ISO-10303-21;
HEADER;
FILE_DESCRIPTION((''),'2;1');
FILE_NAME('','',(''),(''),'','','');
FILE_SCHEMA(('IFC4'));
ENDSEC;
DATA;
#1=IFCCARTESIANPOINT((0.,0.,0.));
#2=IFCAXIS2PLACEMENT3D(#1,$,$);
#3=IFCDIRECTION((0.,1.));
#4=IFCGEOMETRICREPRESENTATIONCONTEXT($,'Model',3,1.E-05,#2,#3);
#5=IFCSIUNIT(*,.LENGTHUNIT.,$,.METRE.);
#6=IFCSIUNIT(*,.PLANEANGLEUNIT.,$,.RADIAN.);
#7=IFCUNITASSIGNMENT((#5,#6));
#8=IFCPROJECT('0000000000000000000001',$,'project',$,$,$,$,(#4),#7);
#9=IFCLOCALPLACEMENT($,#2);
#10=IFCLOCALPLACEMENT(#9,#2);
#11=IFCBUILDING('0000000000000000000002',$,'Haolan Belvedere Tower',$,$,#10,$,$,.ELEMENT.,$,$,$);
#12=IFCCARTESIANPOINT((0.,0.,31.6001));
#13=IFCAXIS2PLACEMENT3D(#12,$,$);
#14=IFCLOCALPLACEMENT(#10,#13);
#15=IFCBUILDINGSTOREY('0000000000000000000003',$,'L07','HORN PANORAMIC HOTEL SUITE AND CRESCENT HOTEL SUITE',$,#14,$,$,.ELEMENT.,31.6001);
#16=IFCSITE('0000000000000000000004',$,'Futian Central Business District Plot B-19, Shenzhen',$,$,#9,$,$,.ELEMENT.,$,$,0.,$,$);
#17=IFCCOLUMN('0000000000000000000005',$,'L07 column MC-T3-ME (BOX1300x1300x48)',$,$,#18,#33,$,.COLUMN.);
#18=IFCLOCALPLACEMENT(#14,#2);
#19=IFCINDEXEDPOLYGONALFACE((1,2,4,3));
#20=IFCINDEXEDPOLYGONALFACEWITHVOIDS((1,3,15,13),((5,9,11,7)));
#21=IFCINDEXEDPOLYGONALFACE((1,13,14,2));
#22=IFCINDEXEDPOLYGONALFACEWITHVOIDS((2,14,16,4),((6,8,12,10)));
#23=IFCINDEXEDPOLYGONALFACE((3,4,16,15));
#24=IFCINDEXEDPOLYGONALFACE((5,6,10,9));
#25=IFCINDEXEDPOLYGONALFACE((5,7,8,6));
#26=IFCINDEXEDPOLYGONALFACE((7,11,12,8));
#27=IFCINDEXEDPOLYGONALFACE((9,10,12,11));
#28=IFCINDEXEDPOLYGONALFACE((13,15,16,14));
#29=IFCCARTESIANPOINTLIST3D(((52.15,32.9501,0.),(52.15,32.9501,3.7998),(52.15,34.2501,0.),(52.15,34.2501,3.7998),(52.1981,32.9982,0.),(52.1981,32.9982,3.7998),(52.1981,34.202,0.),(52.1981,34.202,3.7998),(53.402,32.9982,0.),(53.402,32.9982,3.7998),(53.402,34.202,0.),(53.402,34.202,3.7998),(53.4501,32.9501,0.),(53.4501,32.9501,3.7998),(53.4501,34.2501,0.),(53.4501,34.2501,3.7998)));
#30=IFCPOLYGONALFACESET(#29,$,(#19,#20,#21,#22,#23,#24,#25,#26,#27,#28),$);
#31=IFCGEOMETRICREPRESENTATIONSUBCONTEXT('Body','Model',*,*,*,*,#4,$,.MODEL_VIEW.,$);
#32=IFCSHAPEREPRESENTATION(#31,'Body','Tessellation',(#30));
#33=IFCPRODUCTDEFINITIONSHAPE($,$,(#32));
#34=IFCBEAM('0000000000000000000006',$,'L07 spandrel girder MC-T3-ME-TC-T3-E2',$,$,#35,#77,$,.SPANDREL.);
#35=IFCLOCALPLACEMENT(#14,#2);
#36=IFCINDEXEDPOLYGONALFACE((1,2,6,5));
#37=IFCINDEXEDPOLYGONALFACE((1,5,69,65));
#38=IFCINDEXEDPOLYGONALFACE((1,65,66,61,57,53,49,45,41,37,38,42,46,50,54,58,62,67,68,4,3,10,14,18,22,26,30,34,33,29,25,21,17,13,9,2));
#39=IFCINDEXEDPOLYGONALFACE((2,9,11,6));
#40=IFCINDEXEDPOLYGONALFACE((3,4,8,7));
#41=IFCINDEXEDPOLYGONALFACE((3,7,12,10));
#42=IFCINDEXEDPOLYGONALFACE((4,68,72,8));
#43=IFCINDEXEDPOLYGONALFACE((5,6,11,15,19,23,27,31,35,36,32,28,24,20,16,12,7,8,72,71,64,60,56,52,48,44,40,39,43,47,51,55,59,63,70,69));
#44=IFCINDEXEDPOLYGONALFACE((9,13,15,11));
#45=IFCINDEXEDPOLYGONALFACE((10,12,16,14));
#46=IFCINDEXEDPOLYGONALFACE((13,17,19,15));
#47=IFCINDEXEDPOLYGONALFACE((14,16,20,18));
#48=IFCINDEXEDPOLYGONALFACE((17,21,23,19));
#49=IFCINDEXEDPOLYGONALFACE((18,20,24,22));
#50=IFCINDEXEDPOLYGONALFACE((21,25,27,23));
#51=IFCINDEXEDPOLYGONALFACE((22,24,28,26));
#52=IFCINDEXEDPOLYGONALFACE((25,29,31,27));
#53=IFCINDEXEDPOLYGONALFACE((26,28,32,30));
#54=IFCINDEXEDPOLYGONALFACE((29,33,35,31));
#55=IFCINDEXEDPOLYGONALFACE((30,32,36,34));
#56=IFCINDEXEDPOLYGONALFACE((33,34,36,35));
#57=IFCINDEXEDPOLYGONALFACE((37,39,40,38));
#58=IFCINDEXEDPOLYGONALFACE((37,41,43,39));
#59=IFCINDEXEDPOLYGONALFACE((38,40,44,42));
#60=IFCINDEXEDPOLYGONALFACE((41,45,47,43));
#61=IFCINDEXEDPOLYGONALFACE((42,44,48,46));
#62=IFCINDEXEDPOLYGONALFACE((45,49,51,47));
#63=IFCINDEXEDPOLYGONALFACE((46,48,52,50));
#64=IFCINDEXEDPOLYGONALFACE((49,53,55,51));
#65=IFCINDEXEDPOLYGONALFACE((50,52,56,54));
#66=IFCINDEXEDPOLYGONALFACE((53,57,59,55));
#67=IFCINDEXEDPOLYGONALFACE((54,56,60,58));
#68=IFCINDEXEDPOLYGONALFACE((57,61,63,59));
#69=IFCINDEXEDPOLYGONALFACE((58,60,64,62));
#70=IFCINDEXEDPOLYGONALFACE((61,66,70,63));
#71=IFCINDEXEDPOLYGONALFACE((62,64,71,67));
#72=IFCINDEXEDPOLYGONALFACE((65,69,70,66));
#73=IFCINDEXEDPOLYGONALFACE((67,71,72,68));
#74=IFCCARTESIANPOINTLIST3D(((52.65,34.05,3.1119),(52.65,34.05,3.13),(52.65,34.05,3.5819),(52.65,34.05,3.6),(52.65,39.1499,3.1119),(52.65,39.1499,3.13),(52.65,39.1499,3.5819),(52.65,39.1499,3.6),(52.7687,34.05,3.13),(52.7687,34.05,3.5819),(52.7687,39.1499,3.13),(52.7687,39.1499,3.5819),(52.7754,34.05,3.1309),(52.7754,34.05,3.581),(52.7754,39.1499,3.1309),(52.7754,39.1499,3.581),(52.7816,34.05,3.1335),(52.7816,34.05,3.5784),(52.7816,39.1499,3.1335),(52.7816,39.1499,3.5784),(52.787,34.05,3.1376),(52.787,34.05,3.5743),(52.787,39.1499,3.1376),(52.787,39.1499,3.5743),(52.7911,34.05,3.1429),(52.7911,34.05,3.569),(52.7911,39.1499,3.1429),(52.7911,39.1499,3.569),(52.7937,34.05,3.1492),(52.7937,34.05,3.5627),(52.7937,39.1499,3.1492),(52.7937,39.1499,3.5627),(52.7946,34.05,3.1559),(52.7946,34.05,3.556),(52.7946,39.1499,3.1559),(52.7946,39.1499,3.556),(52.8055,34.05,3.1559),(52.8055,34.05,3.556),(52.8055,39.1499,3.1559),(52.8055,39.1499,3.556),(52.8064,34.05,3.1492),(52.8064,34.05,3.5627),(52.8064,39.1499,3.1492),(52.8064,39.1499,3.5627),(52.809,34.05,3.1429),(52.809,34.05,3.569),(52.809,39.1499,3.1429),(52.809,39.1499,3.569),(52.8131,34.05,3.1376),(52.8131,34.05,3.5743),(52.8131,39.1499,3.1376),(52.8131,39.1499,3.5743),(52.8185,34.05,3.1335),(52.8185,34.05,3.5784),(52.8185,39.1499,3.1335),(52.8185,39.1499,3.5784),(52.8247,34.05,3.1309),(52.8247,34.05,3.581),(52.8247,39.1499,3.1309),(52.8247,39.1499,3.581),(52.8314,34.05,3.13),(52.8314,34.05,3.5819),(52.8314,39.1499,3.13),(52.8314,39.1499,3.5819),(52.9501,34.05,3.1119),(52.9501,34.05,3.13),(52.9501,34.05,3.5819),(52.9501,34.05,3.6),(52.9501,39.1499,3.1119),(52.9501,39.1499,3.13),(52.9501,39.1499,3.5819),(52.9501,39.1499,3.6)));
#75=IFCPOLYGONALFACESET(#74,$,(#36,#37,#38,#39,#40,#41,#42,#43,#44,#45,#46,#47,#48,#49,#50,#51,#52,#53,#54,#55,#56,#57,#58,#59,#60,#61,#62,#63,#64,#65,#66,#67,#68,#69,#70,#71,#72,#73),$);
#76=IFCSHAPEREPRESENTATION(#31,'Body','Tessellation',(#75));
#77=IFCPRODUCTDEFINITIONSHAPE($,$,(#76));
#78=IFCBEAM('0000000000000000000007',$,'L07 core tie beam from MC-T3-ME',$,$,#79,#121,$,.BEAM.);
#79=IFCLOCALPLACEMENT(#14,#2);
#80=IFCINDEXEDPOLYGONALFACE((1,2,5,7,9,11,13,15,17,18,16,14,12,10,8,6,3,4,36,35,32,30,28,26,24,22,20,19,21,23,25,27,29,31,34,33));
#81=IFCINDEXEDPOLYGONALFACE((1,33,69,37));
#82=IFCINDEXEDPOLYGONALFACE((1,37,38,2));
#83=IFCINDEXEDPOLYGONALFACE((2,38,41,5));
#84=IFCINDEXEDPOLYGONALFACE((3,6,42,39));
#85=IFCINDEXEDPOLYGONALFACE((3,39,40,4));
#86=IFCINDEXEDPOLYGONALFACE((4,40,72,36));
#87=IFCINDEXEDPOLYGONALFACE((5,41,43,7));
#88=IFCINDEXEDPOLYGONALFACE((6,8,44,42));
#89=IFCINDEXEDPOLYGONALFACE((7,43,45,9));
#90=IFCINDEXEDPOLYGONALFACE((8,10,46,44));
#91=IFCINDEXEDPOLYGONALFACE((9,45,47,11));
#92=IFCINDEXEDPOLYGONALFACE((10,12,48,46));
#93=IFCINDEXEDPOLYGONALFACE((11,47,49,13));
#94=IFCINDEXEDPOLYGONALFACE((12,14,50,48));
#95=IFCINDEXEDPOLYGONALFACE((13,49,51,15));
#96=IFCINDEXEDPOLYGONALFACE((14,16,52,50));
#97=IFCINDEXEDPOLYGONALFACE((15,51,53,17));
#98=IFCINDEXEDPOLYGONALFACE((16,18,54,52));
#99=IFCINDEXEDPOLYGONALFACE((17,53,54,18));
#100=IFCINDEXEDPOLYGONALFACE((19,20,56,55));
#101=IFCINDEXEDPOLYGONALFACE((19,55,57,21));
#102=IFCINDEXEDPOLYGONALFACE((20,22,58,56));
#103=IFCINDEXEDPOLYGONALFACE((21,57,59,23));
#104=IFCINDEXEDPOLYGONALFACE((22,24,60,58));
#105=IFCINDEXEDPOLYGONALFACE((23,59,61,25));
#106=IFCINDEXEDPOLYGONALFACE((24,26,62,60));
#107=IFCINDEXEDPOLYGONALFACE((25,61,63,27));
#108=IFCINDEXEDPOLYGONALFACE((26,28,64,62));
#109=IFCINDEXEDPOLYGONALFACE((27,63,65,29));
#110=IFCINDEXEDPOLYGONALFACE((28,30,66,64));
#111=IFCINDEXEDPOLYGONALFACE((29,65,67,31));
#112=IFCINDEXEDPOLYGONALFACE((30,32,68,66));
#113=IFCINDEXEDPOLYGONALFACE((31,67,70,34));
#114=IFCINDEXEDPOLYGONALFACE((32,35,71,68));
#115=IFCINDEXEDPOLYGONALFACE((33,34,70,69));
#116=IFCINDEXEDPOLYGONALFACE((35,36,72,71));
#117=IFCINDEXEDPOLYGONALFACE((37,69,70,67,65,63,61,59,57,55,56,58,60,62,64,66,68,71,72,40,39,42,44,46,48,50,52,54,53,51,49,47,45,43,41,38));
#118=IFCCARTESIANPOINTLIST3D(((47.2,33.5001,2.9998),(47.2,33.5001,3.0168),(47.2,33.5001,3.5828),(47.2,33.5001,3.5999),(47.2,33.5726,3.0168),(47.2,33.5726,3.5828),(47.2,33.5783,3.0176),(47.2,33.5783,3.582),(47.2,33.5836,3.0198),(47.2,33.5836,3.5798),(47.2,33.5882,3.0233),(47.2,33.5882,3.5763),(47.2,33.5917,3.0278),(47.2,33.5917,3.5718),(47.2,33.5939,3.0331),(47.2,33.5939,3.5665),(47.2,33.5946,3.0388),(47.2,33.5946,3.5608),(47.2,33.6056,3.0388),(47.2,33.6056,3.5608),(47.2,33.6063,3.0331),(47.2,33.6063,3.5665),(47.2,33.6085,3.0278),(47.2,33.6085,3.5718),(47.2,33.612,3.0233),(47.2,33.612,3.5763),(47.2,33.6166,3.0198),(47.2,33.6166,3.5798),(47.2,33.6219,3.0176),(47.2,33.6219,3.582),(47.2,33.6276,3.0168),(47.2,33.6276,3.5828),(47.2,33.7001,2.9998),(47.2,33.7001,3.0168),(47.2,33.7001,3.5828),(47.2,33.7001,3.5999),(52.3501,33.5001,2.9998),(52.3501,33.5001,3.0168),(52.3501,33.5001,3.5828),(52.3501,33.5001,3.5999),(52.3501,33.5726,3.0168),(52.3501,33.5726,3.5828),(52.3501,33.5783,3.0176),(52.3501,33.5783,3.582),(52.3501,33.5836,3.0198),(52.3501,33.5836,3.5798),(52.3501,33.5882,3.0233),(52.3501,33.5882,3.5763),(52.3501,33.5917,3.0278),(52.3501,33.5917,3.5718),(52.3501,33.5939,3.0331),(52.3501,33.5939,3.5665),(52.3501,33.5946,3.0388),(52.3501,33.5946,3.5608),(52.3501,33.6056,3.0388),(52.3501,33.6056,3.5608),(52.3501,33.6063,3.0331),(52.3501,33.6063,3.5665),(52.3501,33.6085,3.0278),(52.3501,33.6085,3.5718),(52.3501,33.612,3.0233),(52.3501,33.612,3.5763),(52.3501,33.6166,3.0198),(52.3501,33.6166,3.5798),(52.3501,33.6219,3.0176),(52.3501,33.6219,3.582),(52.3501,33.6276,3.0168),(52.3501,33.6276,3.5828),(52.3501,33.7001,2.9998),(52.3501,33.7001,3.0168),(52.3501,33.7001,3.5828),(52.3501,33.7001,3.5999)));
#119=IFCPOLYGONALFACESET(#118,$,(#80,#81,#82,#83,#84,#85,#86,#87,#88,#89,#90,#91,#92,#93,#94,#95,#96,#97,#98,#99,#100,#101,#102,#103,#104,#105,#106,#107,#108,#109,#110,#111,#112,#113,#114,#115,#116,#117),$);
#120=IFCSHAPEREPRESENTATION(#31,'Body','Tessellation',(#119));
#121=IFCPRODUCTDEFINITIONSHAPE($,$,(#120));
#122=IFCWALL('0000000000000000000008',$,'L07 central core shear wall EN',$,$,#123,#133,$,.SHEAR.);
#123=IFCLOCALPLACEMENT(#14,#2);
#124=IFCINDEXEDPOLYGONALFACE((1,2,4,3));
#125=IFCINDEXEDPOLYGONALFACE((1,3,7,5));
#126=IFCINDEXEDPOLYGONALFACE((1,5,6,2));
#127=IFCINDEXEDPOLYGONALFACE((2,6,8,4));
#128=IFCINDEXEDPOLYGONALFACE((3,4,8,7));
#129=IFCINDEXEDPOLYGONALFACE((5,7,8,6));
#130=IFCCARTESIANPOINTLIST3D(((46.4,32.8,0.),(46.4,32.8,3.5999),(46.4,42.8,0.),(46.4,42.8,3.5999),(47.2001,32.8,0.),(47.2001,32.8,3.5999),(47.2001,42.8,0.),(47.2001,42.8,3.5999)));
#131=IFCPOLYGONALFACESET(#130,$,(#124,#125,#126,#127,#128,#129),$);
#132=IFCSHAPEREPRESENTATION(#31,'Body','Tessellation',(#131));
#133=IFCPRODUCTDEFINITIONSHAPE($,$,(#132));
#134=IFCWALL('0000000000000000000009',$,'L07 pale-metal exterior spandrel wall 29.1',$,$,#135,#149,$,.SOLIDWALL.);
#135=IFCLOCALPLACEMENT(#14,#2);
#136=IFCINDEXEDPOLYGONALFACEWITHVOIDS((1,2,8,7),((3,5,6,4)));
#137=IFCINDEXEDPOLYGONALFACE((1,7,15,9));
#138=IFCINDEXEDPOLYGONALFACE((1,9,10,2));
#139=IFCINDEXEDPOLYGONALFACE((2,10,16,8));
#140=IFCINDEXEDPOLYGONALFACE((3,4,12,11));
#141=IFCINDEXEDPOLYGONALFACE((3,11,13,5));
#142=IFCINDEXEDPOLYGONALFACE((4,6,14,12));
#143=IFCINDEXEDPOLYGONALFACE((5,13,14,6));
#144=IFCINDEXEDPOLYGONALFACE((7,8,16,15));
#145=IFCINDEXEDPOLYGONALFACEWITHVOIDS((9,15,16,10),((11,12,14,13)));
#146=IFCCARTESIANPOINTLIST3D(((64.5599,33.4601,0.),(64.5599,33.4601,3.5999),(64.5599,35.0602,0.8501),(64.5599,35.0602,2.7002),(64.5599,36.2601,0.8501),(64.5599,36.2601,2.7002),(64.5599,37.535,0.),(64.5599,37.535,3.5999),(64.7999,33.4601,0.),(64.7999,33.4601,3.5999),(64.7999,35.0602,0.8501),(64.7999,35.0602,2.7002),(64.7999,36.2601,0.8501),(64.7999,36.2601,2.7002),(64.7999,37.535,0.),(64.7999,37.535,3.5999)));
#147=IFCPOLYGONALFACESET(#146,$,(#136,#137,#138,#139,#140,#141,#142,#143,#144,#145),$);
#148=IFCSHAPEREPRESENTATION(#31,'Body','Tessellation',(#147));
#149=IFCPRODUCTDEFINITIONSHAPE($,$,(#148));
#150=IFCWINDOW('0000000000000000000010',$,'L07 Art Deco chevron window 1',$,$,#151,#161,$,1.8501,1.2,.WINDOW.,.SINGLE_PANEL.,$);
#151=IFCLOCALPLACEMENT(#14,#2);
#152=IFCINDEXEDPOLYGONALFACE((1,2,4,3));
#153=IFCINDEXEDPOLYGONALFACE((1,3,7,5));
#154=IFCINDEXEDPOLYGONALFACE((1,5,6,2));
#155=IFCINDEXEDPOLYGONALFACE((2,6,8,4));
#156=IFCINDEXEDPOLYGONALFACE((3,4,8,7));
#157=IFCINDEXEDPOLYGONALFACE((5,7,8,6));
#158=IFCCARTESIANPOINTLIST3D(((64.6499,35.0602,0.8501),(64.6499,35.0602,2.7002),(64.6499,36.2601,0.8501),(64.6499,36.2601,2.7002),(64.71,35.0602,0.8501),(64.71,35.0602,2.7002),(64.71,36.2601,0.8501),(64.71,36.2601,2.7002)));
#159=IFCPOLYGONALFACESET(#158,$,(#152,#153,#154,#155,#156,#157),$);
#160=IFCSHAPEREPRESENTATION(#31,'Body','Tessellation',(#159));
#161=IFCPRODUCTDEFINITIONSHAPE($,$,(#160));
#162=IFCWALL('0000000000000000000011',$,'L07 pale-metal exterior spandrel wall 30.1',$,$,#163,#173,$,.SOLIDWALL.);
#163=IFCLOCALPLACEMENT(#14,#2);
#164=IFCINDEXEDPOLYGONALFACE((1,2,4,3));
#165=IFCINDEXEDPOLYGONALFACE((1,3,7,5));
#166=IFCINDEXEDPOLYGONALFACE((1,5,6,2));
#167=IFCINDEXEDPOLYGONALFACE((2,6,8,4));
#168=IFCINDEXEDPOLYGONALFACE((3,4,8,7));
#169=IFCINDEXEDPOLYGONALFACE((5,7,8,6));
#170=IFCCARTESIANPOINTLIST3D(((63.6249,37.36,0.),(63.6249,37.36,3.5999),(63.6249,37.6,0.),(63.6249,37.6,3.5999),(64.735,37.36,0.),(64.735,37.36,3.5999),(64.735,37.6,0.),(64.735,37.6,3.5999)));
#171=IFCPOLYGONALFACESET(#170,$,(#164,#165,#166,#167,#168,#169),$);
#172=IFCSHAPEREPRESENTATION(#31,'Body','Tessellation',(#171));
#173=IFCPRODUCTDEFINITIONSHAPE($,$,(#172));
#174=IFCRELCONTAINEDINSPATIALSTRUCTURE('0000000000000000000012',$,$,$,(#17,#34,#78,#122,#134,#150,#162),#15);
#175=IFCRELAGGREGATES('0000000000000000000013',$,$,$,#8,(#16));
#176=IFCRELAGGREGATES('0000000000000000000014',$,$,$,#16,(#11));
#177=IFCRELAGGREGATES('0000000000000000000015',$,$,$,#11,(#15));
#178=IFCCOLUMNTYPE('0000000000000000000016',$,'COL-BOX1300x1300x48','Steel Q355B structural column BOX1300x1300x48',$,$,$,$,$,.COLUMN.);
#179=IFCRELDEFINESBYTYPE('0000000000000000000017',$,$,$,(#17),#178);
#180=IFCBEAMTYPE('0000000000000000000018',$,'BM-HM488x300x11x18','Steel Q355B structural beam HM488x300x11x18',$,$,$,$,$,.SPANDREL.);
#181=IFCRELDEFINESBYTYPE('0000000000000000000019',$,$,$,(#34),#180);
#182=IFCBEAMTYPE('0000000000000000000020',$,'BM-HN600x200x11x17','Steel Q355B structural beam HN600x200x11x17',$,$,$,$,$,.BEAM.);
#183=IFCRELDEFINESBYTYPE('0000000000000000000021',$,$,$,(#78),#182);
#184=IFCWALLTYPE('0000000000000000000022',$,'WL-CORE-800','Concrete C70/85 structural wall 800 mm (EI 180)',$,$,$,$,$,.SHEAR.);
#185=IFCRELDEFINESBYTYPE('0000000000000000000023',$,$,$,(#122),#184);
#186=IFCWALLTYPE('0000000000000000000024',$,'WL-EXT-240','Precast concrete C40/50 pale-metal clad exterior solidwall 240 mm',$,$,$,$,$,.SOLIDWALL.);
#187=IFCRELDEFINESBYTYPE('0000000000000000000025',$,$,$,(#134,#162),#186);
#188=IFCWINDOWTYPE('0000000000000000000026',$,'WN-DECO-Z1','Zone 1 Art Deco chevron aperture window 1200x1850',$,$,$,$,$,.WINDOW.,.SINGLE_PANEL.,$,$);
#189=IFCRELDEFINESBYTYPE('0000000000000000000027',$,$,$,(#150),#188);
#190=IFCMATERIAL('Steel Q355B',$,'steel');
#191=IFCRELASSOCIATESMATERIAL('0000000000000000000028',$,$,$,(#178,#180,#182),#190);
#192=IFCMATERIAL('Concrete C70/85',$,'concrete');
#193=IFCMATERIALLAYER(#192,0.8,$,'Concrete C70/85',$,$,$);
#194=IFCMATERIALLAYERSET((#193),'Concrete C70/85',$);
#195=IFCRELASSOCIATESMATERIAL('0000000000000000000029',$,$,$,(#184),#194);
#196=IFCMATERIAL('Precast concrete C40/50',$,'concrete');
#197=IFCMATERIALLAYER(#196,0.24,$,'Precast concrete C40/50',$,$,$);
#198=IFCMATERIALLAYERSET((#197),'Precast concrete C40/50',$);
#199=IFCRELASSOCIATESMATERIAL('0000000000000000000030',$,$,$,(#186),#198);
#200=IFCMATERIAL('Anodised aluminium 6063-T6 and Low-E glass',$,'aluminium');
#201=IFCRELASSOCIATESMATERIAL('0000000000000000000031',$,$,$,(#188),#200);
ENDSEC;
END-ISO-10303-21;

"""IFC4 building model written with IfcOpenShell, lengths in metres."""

from ifc_helpers import new_model, si_unit, direction, frame, frame_2d, origin, origin_2d, place, context, subcontext, project, spatial, rectangle, hollow_rectangle, i_section, extrude, material, layer, layer_set, material_profile, profile_set, type_object, element, fill, save


model = new_model("IFC4")

# Units and contexts
model_context = context("Model", 3, precision=1e-05, world=origin(), true_north=direction((0.0, 1.0)))
body_context = subcontext(model_context, "Body", "Model", "MODEL_VIEW")
ifc_project = project(units=[si_unit("LENGTHUNIT", "METRE"), si_unit("PLANEANGLEUNIT", "RADIAN")], contexts=[model_context])

# Site, building, storey
site_placement = place(None, origin())
site = spatial("IfcSite", under=ifc_project, at=site_placement, Name="Futian Central Business District Plot B-19, Shenzhen", CompositionType="ELEMENT", RefElevation=0.0)
building_placement = place(site_placement, origin())
building = spatial("IfcBuilding", under=site, at=building_placement, Name="Haolan Belvedere Tower", CompositionType="ELEMENT")
storey_placement = place(building_placement, frame((0.0, 0.0, 31.6001)))
storey = spatial("IfcBuildingStorey", under=building, at=storey_placement, Name="L07", Description="HORN PANORAMIC HOTEL SUITE AND CRESCENT HOTEL SUITE", CompositionType="ELEMENT", Elevation=31.6001)

# Column
ifc_material_1 = material(Name="Steel Q355B", Category="steel")
ifc_material_profile_1 = material_profile(ifc_material_1, hollow_rectangle(XDim=1.3, YDim=1.3, WallThickness=0.0481, at=origin_2d()), Name="Steel Q355B")
ifc_profile_set_1 = profile_set([ifc_material_profile_1], Name="Steel Q355B")
column_type = type_object("IfcColumnType", Name="COL-BOX1300x1300x48", Description="Steel Q355B structural column BOX1300x1300x48", PredefinedType="COLUMN", material=ifc_profile_set_1)
column_placement = place(storey_placement, frame((52.8, 33.6001, 0.0), z_axis=(0.0, 0.0, 1.0), x_axis=(1.0, 0.0, 0.0)))
element("IfcColumn", 1, at=column_placement, inside=storey, type_object=column_type, Name="L07 column MC-T3-ME (BOX1300x1300x48)", PredefinedType="COLUMN", context=body_context, shape_type="SweptSolid", body=[
    extrude(hollow_rectangle(XDim=1.3, YDim=1.3, WallThickness=0.0481, at=origin_2d()), origin(), (0.0, 0.0, 1.0), 3.7998),
])

# Beams
ifc_material_profile_2 = material_profile(ifc_material_1, i_section(OverallWidth=0.3, OverallDepth=0.488, WebThickness=0.011, FlangeThickness=0.0181, FilletRadius=0.0259, at=origin_2d()), Name="Steel Q355B")
ifc_profile_set_2 = profile_set([ifc_material_profile_2], Name="Steel Q355B")
beam_type_1 = type_object("IfcBeamType", Name="BM-HM488x300x11x18", Description="Steel Q355B structural beam HM488x300x11x18", PredefinedType="SPANDREL", material=ifc_profile_set_2)
beam_1_placement = place(storey_placement, frame((52.8, 34.05, 3.356), z_axis=(0.0, 1.0, 0.0), x_axis=(-1.0, 0.0, 0.0)))
element("IfcBeam", 2, at=beam_1_placement, inside=storey, type_object=beam_type_1, Name="L07 spandrel girder MC-T3-ME-TC-T3-E2", PredefinedType="SPANDREL", context=body_context, shape_type="SweptSolid", body=[
    extrude(i_section(OverallWidth=0.3, OverallDepth=0.488, WebThickness=0.011, FlangeThickness=0.0181, FilletRadius=0.0259, at=origin_2d()), origin(), (0.0, 0.0, 1.0), 5.0999),
])
ifc_material_profile_3 = material_profile(ifc_material_1, i_section(OverallWidth=0.2, OverallDepth=0.6001, WebThickness=0.011, FlangeThickness=0.0171, FilletRadius=0.022, at=origin_2d()), Name="Steel Q355B")
ifc_profile_set_3 = profile_set([ifc_material_profile_3], Name="Steel Q355B")
beam_type_2 = type_object("IfcBeamType", Name="BM-HN600x200x11x17", Description="Steel Q355B structural beam HN600x200x11x17", PredefinedType="BEAM", material=ifc_profile_set_3)
beam_2_placement = place(storey_placement, frame((52.3501, 33.6001, 3.2998), z_axis=(-1.0, 0.0, 0.0), x_axis=(0.0, -1.0, 0.0)))
element("IfcBeam", 3, at=beam_2_placement, inside=storey, type_object=beam_type_2, Name="L07 core tie beam from MC-T3-ME", PredefinedType="BEAM", context=body_context, shape_type="SweptSolid", body=[
    extrude(i_section(OverallWidth=0.2, OverallDepth=0.6001, WebThickness=0.011, FlangeThickness=0.0171, FilletRadius=0.022, at=origin_2d()), origin(), (0.0, 0.0, 1.0), 5.1501),
])

# Wall
ifc_material_2 = material(Name="Concrete C70/85", Category="concrete")
ifc_layer_1 = layer(ifc_material_2, 0.8, Name="Concrete C70/85")
ifc_layer_set_1 = layer_set([ifc_layer_1], Name="Concrete C70/85")
wall_type_1 = type_object("IfcWallType", Name="WL-CORE-800", Description="Concrete C70/85 structural wall 800 mm (EI 180)", PredefinedType="SHEAR", material=ifc_layer_set_1)
wall_1_placement = place(storey_placement, frame((46.8, 32.8, 0.0), z_axis=(0.0, 0.0, 1.0), x_axis=(0.0, 1.0, 0.0)))
element("IfcWall", 4, at=wall_1_placement, inside=storey, type_object=wall_type_1, Name="L07 central core shear wall EN", PredefinedType="SHEAR", context=body_context, shape_type="SweptSolid", body=[
    extrude(rectangle(XDim=10.0, YDim=0.8, at=frame_2d((5.0, 0.0))), origin(), (0.0, 0.0, 1.0), 3.5999),
])

# Wall, opening, window
ifc_material_3 = material(Name="Precast concrete C40/50", Category="concrete")
ifc_layer_2 = layer(ifc_material_3, 0.24, Name="Precast concrete C40/50")
ifc_layer_set_2 = layer_set([ifc_layer_2], Name="Precast concrete C40/50")
wall_type_2 = type_object("IfcWallType", Name="WL-EXT-240", Description="Precast concrete C40/50 pale-metal clad exterior solidwall 240 mm", PredefinedType="SOLIDWALL", material=ifc_layer_set_2)
wall_2_placement = place(storey_placement, frame((64.6799, 33.46, 0.0), z_axis=(0.0, 0.0, 1.0), x_axis=(0.0, 1.0, 0.0)))
wall_2 = element("IfcWall", 5, at=wall_2_placement, inside=storey, type_object=wall_type_2, Name="L07 pale-metal exterior spandrel wall 29.1", PredefinedType="SOLIDWALL", context=body_context, shape_type="SweptSolid", body=[
    extrude(rectangle(XDim=4.075, YDim=0.24, at=frame_2d((2.0376, 0.0))), origin(), (0.0, 0.0, 1.0), 3.5999),
])
opening_1_placement = place(wall_2_placement, frame((1.6001, 0.0, 0.8501)))
opening_1 = element("IfcOpeningElement", 6, at=opening_1_placement, cuts=wall_2, PredefinedType="OPENING", context=body_context, shape_type="SweptSolid", body=[
    extrude(rectangle(XDim=1.2, YDim=1.8501, at=frame_2d((0.6001, 0.925))), frame((0.0, 0.1299, 0.0), z_axis=(0.0, -1.0, 0.0), x_axis=(1.0, 0.0, 0.0)), (0.0, 0.0, 1.0), 0.26),
])
ifc_material_4 = material(Name="Anodised aluminium 6063-T6 and Low-E glass", Category="aluminium")
window_type = type_object("IfcWindowType", Name="WN-DECO-Z1", Description="Zone 1 Art Deco chevron aperture window 1200x1850", PartitioningType="SINGLE_PANEL", PredefinedType="WINDOW", material=ifc_material_4)
window_placement = place(opening_1_placement, origin())
window = element("IfcWindow", 7, at=window_placement, inside=storey, type_object=window_type, Name="L07 Art Deco chevron window 1", OverallHeight=1.8501, OverallWidth=1.2, PartitioningType="SINGLE_PANEL", PredefinedType="WINDOW", context=body_context, shape_type="SweptSolid", body=[
    extrude(rectangle(XDim=1.2, YDim=1.8501, at=frame_2d((0.6001, 0.925))), frame((0.0, 0.03, 0.0), z_axis=(0.0, -1.0, 0.0), x_axis=(1.0, 0.0, 0.0)), (0.0, 0.0, 1.0), 0.0601),
])
fill(opening_1, window)

# Wall
wall_3_placement = place(storey_placement, frame((64.7351, 37.48, 0.0), z_axis=(0.0, 0.0, 1.0), x_axis=(-1.0, 0.0, 0.0)))
element("IfcWall", 8, at=wall_3_placement, inside=storey, type_object=wall_type_2, Name="L07 pale-metal exterior spandrel wall 30.1", PredefinedType="SOLIDWALL", context=body_context, shape_type="SweptSolid", body=[
    extrude(rectangle(XDim=1.1101, YDim=0.24, at=frame_2d((0.5552, 0.0))), origin(), (0.0, 0.0, 1.0), 3.5999),
])

save(model, "model.ifc")
